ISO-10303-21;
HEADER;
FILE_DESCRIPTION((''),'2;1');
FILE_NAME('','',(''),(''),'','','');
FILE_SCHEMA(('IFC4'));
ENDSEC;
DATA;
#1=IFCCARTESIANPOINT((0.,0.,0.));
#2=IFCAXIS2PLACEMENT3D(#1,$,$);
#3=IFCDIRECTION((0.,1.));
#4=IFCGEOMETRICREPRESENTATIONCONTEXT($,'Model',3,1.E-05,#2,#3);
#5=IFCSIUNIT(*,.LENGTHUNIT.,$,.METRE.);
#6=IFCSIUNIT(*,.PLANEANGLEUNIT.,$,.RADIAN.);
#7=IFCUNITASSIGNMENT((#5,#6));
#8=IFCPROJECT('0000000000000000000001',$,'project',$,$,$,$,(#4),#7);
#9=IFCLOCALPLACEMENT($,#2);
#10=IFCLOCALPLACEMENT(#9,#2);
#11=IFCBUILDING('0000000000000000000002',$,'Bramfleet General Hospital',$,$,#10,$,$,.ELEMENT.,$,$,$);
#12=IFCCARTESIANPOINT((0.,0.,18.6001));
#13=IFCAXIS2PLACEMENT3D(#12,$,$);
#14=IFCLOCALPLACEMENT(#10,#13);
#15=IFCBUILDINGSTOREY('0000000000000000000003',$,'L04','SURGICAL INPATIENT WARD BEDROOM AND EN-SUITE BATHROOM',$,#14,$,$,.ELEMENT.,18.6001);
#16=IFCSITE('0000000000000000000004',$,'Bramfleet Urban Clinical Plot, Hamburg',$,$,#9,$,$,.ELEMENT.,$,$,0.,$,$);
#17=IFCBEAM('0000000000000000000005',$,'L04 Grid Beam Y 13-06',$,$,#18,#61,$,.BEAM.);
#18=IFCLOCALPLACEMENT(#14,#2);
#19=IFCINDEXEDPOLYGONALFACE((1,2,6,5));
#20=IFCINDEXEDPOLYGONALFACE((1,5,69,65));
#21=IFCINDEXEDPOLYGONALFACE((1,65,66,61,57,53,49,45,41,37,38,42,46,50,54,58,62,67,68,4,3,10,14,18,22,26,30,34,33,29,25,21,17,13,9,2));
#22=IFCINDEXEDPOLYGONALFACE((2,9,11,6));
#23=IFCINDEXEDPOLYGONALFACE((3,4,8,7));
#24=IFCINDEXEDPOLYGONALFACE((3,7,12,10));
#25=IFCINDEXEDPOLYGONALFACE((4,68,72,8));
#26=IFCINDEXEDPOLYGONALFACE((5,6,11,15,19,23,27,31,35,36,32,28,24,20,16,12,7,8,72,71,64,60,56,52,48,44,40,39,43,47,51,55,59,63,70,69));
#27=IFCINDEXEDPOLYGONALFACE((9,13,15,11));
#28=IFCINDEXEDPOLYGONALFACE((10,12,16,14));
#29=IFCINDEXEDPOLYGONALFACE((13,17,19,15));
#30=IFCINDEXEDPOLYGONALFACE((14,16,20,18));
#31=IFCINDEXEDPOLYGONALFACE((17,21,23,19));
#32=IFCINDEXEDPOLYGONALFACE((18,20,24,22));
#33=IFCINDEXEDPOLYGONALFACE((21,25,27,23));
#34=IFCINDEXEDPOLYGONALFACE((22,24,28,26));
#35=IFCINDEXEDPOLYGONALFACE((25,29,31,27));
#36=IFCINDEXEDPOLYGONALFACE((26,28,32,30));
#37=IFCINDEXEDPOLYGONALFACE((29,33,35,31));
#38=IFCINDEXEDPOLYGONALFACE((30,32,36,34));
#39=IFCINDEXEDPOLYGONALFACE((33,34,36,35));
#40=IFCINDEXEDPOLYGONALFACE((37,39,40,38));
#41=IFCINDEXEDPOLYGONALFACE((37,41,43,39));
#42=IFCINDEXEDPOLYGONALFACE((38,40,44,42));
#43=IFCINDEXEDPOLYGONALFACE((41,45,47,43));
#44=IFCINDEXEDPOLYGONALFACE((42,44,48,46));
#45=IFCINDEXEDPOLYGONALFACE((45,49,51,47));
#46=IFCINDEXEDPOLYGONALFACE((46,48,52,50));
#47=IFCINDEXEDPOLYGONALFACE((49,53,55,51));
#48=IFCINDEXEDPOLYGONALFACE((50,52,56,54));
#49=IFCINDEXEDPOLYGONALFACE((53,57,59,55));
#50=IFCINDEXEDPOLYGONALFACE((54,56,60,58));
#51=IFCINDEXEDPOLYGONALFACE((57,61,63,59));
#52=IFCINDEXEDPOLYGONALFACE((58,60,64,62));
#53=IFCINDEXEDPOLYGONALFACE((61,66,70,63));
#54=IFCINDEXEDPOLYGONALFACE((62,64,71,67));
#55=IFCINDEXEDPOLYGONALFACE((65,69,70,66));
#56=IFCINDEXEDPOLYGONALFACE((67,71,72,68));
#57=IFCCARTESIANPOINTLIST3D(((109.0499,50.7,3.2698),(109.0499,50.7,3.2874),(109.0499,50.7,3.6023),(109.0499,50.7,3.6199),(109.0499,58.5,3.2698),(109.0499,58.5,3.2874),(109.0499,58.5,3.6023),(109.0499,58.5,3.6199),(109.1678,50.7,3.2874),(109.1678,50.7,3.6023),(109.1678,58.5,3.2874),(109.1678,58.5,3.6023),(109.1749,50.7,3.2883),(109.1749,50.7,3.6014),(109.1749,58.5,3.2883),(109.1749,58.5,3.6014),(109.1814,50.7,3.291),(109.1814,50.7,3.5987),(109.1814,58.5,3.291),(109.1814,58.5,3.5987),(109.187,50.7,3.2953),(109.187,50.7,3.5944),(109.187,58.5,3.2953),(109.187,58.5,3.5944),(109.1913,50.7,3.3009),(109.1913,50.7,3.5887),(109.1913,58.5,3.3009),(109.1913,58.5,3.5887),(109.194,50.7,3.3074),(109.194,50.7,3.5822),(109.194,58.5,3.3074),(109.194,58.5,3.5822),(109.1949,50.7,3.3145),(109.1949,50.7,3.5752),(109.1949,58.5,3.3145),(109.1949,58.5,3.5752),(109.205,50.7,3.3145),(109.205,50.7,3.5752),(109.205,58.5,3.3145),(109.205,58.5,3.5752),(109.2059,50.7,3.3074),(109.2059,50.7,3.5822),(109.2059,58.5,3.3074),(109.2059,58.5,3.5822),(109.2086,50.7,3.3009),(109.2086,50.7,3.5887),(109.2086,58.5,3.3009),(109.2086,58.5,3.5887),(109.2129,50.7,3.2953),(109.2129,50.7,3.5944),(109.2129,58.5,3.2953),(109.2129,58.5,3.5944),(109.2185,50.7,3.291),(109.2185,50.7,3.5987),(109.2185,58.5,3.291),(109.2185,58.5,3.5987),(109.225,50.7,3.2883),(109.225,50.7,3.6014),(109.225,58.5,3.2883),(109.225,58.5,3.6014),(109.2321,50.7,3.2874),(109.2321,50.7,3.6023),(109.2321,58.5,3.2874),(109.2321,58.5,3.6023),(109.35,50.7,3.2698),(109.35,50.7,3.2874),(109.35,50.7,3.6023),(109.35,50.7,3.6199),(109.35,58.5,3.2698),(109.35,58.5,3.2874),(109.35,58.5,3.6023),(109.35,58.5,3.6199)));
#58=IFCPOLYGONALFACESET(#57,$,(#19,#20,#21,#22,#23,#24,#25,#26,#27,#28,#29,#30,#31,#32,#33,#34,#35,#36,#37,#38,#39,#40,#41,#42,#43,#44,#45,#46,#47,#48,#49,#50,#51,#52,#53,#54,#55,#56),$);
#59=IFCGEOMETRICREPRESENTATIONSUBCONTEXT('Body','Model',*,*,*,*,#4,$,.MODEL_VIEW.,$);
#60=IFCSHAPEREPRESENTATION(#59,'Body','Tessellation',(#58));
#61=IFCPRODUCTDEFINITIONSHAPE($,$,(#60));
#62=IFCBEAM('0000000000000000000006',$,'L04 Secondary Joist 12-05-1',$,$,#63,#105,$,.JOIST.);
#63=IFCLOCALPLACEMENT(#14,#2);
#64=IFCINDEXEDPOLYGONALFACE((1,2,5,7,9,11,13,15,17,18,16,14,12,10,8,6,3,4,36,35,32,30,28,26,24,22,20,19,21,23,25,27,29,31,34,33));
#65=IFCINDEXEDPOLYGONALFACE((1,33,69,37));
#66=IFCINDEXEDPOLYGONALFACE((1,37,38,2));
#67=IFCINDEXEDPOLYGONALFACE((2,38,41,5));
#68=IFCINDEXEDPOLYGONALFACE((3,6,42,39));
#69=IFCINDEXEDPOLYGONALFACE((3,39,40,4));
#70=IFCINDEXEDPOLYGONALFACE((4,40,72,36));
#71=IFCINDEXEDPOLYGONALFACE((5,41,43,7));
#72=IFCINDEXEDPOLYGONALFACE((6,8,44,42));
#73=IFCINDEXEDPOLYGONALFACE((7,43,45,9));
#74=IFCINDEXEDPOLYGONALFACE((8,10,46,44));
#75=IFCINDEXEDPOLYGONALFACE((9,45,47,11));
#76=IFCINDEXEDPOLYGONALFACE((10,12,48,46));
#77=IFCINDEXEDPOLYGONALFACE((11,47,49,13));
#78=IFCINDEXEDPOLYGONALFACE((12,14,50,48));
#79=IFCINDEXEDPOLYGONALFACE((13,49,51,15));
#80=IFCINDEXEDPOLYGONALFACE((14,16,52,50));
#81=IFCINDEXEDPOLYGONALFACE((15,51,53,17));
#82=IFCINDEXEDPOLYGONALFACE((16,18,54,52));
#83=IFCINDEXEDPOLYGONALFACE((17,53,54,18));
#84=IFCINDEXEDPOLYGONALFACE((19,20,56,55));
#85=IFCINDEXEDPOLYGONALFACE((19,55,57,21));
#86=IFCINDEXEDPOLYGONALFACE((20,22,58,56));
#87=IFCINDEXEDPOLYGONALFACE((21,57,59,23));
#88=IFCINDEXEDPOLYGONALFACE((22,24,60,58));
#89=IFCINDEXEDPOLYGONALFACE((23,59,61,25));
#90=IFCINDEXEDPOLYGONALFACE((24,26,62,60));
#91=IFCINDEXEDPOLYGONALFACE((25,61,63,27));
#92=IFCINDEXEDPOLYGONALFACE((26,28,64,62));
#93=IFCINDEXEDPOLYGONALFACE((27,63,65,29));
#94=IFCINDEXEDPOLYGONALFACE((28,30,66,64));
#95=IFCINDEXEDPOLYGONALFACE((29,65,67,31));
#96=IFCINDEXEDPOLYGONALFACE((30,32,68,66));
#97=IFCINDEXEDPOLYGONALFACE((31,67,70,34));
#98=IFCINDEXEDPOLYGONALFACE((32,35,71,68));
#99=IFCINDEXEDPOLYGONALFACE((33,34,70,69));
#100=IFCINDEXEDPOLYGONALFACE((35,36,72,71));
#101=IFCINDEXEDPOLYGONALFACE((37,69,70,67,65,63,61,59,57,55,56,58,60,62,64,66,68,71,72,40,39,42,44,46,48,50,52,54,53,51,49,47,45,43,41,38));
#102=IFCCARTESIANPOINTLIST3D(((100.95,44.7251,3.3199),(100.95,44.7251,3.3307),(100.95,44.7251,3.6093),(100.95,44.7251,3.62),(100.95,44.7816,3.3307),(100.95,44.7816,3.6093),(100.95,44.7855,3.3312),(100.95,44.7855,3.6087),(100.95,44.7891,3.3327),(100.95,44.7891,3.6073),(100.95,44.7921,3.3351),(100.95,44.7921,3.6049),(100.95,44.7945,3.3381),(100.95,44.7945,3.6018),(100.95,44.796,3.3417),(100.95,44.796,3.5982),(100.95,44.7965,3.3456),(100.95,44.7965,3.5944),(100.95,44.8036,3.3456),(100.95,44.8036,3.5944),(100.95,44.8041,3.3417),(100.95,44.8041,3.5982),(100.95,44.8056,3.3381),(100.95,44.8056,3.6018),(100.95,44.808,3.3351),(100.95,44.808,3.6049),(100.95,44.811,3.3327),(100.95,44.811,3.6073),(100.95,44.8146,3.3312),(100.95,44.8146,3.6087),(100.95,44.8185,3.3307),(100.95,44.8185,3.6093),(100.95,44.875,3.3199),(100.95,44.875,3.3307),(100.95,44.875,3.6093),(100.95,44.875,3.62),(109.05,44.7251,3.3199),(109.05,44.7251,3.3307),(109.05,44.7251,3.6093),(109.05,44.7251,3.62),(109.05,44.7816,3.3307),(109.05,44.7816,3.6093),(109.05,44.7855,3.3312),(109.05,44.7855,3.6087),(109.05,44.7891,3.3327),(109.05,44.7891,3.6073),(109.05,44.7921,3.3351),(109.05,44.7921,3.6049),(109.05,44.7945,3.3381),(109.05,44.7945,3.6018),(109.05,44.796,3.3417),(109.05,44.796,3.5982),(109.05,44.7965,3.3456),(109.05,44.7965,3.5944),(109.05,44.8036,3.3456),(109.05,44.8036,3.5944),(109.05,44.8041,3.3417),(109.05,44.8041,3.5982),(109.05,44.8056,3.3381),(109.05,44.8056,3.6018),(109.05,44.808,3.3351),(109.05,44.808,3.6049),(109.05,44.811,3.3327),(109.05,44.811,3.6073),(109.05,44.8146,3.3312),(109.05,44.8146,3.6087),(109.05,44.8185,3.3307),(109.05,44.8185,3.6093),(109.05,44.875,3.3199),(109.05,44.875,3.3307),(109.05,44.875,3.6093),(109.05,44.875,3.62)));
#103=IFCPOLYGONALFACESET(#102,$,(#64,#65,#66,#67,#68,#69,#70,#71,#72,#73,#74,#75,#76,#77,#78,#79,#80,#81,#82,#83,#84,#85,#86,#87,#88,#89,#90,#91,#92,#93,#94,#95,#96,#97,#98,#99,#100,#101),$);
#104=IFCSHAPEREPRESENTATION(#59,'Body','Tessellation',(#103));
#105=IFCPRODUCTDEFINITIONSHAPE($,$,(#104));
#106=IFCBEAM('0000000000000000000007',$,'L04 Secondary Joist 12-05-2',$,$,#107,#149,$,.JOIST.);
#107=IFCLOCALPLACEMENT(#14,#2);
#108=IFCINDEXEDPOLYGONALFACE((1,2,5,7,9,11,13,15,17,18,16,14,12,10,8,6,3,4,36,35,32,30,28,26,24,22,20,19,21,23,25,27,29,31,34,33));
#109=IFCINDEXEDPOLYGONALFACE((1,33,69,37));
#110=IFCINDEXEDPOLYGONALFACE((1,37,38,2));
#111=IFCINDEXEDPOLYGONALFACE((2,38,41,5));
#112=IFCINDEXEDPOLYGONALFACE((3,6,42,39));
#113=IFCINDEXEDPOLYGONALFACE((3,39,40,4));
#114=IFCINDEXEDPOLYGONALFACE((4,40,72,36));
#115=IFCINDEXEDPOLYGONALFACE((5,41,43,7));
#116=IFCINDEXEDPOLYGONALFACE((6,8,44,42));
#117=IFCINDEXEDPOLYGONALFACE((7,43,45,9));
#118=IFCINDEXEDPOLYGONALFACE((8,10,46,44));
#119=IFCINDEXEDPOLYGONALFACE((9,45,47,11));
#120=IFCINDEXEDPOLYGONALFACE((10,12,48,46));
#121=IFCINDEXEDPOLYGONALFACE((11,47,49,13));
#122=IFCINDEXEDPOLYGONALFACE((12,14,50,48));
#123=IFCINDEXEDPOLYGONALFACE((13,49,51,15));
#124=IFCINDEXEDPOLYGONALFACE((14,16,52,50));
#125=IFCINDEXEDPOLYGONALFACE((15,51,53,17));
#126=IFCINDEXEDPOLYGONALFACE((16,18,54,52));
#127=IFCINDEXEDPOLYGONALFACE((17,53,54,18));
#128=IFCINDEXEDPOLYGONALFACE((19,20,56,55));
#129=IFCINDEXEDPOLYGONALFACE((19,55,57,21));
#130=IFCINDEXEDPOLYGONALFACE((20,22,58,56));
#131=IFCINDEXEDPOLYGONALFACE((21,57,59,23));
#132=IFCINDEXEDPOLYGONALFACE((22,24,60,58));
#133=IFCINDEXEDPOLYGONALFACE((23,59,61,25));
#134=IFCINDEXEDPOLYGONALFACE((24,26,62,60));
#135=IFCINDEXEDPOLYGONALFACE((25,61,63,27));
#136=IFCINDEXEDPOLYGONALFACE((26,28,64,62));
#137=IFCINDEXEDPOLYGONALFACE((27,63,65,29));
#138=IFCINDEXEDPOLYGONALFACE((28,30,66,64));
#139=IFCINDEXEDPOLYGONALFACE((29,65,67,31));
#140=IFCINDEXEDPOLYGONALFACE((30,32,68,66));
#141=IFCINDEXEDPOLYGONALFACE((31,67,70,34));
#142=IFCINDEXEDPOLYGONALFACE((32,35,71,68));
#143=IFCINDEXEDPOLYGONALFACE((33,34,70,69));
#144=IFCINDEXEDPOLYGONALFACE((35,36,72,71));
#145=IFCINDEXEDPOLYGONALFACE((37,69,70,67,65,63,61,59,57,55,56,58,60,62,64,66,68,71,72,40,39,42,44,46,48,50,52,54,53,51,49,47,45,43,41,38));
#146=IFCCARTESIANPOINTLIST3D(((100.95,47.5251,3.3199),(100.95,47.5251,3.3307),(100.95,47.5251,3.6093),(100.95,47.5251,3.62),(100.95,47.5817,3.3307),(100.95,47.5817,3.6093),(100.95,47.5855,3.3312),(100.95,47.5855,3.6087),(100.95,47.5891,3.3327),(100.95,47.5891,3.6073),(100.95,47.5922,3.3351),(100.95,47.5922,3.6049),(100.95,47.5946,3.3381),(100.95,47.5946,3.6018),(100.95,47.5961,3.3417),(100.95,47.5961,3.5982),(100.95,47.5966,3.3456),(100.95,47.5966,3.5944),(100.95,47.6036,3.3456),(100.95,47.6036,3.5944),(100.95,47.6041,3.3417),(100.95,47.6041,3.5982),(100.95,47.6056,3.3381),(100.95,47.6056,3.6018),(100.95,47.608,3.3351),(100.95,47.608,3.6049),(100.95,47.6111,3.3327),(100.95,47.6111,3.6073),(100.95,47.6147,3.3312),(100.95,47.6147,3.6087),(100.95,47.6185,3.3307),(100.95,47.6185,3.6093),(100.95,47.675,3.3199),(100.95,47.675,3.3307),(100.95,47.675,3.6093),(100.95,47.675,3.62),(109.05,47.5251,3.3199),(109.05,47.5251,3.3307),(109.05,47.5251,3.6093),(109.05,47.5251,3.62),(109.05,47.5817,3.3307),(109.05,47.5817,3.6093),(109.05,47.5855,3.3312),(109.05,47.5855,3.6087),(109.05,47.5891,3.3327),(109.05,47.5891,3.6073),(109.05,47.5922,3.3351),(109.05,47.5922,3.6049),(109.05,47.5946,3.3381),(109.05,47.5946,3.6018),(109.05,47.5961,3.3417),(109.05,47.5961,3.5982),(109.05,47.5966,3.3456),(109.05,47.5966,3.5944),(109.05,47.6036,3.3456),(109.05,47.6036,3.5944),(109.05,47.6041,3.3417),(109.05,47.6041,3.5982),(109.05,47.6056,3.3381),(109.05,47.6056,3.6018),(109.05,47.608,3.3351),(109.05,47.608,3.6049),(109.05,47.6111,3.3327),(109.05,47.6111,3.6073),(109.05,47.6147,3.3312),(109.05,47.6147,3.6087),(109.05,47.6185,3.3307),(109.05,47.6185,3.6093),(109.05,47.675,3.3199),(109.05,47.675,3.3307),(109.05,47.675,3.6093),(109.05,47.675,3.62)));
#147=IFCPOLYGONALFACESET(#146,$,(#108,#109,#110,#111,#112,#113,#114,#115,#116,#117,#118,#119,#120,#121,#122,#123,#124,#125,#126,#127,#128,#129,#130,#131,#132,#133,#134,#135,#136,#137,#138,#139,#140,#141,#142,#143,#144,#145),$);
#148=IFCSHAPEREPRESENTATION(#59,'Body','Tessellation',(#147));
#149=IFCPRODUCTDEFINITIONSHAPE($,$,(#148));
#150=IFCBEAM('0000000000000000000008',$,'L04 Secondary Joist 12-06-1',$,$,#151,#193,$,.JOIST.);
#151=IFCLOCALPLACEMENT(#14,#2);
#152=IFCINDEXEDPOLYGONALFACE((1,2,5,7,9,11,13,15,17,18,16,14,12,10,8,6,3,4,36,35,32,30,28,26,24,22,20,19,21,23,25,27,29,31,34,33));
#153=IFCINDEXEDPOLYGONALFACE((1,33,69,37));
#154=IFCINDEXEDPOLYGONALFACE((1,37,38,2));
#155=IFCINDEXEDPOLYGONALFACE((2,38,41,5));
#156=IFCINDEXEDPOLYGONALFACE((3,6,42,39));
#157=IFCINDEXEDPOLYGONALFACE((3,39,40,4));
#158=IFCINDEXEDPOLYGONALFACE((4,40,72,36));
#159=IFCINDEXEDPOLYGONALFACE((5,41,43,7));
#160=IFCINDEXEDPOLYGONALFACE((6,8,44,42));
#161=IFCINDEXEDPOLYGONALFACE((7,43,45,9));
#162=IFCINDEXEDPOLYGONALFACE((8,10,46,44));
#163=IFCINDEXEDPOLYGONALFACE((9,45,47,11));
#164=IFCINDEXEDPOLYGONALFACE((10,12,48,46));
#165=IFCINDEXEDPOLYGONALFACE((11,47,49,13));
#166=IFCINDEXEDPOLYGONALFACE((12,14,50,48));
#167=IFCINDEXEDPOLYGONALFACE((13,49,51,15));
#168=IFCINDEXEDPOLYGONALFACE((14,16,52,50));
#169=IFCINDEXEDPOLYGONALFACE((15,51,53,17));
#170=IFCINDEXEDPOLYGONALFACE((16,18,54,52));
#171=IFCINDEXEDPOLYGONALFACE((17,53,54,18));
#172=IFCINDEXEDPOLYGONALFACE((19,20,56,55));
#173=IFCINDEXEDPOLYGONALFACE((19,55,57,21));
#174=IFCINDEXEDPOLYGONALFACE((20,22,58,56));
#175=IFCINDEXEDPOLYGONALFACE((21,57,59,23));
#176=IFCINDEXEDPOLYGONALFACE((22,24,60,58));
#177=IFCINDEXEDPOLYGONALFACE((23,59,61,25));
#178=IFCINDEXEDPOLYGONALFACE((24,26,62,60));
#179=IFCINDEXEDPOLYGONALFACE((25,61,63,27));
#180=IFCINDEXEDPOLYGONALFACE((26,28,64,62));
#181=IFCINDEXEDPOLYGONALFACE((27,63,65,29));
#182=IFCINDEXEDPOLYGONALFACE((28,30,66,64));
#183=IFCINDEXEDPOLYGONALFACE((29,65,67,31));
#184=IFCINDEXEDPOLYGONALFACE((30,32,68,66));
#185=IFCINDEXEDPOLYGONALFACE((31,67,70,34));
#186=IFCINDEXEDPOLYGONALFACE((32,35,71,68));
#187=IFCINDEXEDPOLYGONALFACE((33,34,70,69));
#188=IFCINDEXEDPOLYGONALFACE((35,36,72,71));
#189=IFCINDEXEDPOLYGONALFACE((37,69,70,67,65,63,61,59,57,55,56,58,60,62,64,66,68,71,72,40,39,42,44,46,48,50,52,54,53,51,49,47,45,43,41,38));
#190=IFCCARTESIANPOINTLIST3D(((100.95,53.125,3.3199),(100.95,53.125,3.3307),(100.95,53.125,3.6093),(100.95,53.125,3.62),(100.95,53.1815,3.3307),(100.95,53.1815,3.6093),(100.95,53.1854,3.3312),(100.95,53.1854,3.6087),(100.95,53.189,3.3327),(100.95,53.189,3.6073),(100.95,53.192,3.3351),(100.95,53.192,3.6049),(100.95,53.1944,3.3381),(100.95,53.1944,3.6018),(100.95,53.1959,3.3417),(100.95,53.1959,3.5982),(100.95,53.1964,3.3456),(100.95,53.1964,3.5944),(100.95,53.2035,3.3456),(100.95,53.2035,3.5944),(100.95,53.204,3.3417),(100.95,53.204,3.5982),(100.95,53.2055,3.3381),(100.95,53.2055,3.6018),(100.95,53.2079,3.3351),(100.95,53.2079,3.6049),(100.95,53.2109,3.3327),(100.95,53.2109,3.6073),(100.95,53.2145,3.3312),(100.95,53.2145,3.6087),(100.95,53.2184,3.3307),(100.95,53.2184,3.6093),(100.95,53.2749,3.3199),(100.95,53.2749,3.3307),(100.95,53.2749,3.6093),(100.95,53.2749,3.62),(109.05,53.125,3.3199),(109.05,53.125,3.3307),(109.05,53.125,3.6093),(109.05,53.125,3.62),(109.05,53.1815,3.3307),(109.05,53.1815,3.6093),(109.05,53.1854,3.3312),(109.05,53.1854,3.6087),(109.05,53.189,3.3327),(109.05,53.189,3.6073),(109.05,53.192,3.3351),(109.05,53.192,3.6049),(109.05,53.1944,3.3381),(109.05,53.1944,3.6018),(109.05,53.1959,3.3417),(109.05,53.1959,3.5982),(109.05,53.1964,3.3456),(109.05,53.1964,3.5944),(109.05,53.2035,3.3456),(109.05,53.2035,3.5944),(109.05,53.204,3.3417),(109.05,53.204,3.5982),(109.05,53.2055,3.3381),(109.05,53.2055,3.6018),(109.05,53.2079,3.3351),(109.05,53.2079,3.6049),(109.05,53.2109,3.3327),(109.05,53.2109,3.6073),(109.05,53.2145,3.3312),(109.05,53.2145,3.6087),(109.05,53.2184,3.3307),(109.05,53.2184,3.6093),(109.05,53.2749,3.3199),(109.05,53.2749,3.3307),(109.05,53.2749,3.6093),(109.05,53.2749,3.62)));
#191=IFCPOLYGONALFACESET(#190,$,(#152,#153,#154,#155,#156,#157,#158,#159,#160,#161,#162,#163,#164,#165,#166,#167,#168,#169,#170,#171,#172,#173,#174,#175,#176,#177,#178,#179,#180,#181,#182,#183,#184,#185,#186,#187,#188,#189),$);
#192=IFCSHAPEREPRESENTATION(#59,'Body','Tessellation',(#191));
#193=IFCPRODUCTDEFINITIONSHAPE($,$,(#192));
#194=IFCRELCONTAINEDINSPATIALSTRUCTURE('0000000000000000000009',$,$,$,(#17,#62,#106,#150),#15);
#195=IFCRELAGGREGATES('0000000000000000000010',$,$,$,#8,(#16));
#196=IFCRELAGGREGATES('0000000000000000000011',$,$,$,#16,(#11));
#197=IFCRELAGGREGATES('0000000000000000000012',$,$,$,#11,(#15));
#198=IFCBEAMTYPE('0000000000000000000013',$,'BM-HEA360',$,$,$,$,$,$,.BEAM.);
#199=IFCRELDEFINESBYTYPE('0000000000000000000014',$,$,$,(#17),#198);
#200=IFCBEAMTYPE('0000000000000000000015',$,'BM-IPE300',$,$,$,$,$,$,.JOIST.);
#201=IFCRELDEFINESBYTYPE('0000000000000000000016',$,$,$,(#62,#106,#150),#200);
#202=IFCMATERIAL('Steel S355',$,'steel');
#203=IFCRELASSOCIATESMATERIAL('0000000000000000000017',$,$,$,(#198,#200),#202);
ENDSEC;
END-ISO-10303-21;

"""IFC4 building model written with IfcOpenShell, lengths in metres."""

from ifc_helpers import new_model, si_unit, direction, frame, origin, origin_2d, place, context, subcontext, project, spatial, i_section, extrude, material, material_profile, profile_set, type_object, element, save


model = new_model("IFC4")

# Units and contexts
model_context = context("Model", 3, precision=1e-05, world=origin(), true_north=direction((0.0, 1.0)))
body_context = subcontext(model_context, "Body", "Model", "MODEL_VIEW")
ifc_project = project(units=[si_unit("LENGTHUNIT", "METRE"), si_unit("PLANEANGLEUNIT", "RADIAN")], contexts=[model_context])

# Site, building, storey
site_placement = place(None, origin())
site = spatial("IfcSite", under=ifc_project, at=site_placement, Name="Bramfleet Urban Clinical Plot, Hamburg", CompositionType="ELEMENT", RefElevation=0.0)
building_placement = place(site_placement, origin())
building = spatial("IfcBuilding", under=site, at=building_placement, Name="Bramfleet General Hospital", CompositionType="ELEMENT")
storey_placement = place(building_placement, frame((0.0, 0.0, 18.6001)))
storey = spatial("IfcBuildingStorey", under=building, at=storey_placement, Name="L04", Description="SURGICAL INPATIENT WARD BEDROOM AND EN-SUITE BATHROOM", CompositionType="ELEMENT", Elevation=18.6001)

# Beams
ifc_material_1 = material(Name="Steel S355", Category="steel")
ifc_material_profile_1 = material_profile(ifc_material_1, i_section(OverallWidth=0.3, OverallDepth=0.3501, WebThickness=0.01, FlangeThickness=0.0176, FilletRadius=0.0271, at=origin_2d()), Name="HEA 360")
ifc_profile_set_1 = profile_set([ifc_material_profile_1], Name="Steel S355")
beam_type_1 = type_object("IfcBeamType", Name="BM-HEA360", PredefinedType="BEAM", material=ifc_profile_set_1)
for number, where, z_axis, x_axis, name in (
    (1, (109.2, 50.7, 3.4448), (0.0, 1.0, 0.0), (-1.0, 0.0, 0.0), "L04 Grid Beam Y 13-06"),
):
    element("IfcBeam", number, at=place(storey_placement, frame(where, z_axis=z_axis, x_axis=x_axis)), inside=storey, type_object=beam_type_1, Name=name, PredefinedType="BEAM", context=body_context, shape_type="SweptSolid", body=[
        extrude(i_section(OverallWidth=0.3, OverallDepth=0.3501, WebThickness=0.01, FlangeThickness=0.0176, FilletRadius=0.0271, at=origin_2d()), origin(), (0.0, 0.0, 1.0), 7.8),
    ])
ifc_material_profile_2 = material_profile(ifc_material_1, i_section(OverallWidth=0.1499, OverallDepth=0.3, WebThickness=0.0071, FlangeThickness=0.0107, FilletRadius=0.0149, at=origin_2d()), Name="IPE 300")
ifc_profile_set_2 = profile_set([ifc_material_profile_2], Name="Steel S355")
beam_type_2 = type_object("IfcBeamType", Name="BM-IPE300", PredefinedType="JOIST", material=ifc_profile_set_2)
for number, where, z_axis, x_axis, name in (
    (2, (100.95, 44.8, 3.47), (1.0, 0.0, 0.0), (0.0, 1.0, 0.0), "L04 Secondary Joist 12-05-1"),
    (3, (100.95, 47.6001, 3.47), (1.0, 0.0, 0.0), (0.0, 1.0, 0.0), "L04 Secondary Joist 12-05-2"),
    (4, (100.95, 53.2, 3.47), (1.0, 0.0, 0.0), (0.0, 1.0, 0.0), "L04 Secondary Joist 12-06-1"),
):
    element("IfcBeam", number, at=place(storey_placement, frame(where, z_axis=z_axis, x_axis=x_axis)), inside=storey, type_object=beam_type_2, Name=name, PredefinedType="JOIST", context=body_context, shape_type="SweptSolid", body=[
        extrude(i_section(OverallWidth=0.1499, OverallDepth=0.3, WebThickness=0.0071, FlangeThickness=0.0107, FilletRadius=0.0149, at=origin_2d()), origin(), (0.0, 0.0, 1.0), 8.1001),
    ])

save(model, "model.ifc")
